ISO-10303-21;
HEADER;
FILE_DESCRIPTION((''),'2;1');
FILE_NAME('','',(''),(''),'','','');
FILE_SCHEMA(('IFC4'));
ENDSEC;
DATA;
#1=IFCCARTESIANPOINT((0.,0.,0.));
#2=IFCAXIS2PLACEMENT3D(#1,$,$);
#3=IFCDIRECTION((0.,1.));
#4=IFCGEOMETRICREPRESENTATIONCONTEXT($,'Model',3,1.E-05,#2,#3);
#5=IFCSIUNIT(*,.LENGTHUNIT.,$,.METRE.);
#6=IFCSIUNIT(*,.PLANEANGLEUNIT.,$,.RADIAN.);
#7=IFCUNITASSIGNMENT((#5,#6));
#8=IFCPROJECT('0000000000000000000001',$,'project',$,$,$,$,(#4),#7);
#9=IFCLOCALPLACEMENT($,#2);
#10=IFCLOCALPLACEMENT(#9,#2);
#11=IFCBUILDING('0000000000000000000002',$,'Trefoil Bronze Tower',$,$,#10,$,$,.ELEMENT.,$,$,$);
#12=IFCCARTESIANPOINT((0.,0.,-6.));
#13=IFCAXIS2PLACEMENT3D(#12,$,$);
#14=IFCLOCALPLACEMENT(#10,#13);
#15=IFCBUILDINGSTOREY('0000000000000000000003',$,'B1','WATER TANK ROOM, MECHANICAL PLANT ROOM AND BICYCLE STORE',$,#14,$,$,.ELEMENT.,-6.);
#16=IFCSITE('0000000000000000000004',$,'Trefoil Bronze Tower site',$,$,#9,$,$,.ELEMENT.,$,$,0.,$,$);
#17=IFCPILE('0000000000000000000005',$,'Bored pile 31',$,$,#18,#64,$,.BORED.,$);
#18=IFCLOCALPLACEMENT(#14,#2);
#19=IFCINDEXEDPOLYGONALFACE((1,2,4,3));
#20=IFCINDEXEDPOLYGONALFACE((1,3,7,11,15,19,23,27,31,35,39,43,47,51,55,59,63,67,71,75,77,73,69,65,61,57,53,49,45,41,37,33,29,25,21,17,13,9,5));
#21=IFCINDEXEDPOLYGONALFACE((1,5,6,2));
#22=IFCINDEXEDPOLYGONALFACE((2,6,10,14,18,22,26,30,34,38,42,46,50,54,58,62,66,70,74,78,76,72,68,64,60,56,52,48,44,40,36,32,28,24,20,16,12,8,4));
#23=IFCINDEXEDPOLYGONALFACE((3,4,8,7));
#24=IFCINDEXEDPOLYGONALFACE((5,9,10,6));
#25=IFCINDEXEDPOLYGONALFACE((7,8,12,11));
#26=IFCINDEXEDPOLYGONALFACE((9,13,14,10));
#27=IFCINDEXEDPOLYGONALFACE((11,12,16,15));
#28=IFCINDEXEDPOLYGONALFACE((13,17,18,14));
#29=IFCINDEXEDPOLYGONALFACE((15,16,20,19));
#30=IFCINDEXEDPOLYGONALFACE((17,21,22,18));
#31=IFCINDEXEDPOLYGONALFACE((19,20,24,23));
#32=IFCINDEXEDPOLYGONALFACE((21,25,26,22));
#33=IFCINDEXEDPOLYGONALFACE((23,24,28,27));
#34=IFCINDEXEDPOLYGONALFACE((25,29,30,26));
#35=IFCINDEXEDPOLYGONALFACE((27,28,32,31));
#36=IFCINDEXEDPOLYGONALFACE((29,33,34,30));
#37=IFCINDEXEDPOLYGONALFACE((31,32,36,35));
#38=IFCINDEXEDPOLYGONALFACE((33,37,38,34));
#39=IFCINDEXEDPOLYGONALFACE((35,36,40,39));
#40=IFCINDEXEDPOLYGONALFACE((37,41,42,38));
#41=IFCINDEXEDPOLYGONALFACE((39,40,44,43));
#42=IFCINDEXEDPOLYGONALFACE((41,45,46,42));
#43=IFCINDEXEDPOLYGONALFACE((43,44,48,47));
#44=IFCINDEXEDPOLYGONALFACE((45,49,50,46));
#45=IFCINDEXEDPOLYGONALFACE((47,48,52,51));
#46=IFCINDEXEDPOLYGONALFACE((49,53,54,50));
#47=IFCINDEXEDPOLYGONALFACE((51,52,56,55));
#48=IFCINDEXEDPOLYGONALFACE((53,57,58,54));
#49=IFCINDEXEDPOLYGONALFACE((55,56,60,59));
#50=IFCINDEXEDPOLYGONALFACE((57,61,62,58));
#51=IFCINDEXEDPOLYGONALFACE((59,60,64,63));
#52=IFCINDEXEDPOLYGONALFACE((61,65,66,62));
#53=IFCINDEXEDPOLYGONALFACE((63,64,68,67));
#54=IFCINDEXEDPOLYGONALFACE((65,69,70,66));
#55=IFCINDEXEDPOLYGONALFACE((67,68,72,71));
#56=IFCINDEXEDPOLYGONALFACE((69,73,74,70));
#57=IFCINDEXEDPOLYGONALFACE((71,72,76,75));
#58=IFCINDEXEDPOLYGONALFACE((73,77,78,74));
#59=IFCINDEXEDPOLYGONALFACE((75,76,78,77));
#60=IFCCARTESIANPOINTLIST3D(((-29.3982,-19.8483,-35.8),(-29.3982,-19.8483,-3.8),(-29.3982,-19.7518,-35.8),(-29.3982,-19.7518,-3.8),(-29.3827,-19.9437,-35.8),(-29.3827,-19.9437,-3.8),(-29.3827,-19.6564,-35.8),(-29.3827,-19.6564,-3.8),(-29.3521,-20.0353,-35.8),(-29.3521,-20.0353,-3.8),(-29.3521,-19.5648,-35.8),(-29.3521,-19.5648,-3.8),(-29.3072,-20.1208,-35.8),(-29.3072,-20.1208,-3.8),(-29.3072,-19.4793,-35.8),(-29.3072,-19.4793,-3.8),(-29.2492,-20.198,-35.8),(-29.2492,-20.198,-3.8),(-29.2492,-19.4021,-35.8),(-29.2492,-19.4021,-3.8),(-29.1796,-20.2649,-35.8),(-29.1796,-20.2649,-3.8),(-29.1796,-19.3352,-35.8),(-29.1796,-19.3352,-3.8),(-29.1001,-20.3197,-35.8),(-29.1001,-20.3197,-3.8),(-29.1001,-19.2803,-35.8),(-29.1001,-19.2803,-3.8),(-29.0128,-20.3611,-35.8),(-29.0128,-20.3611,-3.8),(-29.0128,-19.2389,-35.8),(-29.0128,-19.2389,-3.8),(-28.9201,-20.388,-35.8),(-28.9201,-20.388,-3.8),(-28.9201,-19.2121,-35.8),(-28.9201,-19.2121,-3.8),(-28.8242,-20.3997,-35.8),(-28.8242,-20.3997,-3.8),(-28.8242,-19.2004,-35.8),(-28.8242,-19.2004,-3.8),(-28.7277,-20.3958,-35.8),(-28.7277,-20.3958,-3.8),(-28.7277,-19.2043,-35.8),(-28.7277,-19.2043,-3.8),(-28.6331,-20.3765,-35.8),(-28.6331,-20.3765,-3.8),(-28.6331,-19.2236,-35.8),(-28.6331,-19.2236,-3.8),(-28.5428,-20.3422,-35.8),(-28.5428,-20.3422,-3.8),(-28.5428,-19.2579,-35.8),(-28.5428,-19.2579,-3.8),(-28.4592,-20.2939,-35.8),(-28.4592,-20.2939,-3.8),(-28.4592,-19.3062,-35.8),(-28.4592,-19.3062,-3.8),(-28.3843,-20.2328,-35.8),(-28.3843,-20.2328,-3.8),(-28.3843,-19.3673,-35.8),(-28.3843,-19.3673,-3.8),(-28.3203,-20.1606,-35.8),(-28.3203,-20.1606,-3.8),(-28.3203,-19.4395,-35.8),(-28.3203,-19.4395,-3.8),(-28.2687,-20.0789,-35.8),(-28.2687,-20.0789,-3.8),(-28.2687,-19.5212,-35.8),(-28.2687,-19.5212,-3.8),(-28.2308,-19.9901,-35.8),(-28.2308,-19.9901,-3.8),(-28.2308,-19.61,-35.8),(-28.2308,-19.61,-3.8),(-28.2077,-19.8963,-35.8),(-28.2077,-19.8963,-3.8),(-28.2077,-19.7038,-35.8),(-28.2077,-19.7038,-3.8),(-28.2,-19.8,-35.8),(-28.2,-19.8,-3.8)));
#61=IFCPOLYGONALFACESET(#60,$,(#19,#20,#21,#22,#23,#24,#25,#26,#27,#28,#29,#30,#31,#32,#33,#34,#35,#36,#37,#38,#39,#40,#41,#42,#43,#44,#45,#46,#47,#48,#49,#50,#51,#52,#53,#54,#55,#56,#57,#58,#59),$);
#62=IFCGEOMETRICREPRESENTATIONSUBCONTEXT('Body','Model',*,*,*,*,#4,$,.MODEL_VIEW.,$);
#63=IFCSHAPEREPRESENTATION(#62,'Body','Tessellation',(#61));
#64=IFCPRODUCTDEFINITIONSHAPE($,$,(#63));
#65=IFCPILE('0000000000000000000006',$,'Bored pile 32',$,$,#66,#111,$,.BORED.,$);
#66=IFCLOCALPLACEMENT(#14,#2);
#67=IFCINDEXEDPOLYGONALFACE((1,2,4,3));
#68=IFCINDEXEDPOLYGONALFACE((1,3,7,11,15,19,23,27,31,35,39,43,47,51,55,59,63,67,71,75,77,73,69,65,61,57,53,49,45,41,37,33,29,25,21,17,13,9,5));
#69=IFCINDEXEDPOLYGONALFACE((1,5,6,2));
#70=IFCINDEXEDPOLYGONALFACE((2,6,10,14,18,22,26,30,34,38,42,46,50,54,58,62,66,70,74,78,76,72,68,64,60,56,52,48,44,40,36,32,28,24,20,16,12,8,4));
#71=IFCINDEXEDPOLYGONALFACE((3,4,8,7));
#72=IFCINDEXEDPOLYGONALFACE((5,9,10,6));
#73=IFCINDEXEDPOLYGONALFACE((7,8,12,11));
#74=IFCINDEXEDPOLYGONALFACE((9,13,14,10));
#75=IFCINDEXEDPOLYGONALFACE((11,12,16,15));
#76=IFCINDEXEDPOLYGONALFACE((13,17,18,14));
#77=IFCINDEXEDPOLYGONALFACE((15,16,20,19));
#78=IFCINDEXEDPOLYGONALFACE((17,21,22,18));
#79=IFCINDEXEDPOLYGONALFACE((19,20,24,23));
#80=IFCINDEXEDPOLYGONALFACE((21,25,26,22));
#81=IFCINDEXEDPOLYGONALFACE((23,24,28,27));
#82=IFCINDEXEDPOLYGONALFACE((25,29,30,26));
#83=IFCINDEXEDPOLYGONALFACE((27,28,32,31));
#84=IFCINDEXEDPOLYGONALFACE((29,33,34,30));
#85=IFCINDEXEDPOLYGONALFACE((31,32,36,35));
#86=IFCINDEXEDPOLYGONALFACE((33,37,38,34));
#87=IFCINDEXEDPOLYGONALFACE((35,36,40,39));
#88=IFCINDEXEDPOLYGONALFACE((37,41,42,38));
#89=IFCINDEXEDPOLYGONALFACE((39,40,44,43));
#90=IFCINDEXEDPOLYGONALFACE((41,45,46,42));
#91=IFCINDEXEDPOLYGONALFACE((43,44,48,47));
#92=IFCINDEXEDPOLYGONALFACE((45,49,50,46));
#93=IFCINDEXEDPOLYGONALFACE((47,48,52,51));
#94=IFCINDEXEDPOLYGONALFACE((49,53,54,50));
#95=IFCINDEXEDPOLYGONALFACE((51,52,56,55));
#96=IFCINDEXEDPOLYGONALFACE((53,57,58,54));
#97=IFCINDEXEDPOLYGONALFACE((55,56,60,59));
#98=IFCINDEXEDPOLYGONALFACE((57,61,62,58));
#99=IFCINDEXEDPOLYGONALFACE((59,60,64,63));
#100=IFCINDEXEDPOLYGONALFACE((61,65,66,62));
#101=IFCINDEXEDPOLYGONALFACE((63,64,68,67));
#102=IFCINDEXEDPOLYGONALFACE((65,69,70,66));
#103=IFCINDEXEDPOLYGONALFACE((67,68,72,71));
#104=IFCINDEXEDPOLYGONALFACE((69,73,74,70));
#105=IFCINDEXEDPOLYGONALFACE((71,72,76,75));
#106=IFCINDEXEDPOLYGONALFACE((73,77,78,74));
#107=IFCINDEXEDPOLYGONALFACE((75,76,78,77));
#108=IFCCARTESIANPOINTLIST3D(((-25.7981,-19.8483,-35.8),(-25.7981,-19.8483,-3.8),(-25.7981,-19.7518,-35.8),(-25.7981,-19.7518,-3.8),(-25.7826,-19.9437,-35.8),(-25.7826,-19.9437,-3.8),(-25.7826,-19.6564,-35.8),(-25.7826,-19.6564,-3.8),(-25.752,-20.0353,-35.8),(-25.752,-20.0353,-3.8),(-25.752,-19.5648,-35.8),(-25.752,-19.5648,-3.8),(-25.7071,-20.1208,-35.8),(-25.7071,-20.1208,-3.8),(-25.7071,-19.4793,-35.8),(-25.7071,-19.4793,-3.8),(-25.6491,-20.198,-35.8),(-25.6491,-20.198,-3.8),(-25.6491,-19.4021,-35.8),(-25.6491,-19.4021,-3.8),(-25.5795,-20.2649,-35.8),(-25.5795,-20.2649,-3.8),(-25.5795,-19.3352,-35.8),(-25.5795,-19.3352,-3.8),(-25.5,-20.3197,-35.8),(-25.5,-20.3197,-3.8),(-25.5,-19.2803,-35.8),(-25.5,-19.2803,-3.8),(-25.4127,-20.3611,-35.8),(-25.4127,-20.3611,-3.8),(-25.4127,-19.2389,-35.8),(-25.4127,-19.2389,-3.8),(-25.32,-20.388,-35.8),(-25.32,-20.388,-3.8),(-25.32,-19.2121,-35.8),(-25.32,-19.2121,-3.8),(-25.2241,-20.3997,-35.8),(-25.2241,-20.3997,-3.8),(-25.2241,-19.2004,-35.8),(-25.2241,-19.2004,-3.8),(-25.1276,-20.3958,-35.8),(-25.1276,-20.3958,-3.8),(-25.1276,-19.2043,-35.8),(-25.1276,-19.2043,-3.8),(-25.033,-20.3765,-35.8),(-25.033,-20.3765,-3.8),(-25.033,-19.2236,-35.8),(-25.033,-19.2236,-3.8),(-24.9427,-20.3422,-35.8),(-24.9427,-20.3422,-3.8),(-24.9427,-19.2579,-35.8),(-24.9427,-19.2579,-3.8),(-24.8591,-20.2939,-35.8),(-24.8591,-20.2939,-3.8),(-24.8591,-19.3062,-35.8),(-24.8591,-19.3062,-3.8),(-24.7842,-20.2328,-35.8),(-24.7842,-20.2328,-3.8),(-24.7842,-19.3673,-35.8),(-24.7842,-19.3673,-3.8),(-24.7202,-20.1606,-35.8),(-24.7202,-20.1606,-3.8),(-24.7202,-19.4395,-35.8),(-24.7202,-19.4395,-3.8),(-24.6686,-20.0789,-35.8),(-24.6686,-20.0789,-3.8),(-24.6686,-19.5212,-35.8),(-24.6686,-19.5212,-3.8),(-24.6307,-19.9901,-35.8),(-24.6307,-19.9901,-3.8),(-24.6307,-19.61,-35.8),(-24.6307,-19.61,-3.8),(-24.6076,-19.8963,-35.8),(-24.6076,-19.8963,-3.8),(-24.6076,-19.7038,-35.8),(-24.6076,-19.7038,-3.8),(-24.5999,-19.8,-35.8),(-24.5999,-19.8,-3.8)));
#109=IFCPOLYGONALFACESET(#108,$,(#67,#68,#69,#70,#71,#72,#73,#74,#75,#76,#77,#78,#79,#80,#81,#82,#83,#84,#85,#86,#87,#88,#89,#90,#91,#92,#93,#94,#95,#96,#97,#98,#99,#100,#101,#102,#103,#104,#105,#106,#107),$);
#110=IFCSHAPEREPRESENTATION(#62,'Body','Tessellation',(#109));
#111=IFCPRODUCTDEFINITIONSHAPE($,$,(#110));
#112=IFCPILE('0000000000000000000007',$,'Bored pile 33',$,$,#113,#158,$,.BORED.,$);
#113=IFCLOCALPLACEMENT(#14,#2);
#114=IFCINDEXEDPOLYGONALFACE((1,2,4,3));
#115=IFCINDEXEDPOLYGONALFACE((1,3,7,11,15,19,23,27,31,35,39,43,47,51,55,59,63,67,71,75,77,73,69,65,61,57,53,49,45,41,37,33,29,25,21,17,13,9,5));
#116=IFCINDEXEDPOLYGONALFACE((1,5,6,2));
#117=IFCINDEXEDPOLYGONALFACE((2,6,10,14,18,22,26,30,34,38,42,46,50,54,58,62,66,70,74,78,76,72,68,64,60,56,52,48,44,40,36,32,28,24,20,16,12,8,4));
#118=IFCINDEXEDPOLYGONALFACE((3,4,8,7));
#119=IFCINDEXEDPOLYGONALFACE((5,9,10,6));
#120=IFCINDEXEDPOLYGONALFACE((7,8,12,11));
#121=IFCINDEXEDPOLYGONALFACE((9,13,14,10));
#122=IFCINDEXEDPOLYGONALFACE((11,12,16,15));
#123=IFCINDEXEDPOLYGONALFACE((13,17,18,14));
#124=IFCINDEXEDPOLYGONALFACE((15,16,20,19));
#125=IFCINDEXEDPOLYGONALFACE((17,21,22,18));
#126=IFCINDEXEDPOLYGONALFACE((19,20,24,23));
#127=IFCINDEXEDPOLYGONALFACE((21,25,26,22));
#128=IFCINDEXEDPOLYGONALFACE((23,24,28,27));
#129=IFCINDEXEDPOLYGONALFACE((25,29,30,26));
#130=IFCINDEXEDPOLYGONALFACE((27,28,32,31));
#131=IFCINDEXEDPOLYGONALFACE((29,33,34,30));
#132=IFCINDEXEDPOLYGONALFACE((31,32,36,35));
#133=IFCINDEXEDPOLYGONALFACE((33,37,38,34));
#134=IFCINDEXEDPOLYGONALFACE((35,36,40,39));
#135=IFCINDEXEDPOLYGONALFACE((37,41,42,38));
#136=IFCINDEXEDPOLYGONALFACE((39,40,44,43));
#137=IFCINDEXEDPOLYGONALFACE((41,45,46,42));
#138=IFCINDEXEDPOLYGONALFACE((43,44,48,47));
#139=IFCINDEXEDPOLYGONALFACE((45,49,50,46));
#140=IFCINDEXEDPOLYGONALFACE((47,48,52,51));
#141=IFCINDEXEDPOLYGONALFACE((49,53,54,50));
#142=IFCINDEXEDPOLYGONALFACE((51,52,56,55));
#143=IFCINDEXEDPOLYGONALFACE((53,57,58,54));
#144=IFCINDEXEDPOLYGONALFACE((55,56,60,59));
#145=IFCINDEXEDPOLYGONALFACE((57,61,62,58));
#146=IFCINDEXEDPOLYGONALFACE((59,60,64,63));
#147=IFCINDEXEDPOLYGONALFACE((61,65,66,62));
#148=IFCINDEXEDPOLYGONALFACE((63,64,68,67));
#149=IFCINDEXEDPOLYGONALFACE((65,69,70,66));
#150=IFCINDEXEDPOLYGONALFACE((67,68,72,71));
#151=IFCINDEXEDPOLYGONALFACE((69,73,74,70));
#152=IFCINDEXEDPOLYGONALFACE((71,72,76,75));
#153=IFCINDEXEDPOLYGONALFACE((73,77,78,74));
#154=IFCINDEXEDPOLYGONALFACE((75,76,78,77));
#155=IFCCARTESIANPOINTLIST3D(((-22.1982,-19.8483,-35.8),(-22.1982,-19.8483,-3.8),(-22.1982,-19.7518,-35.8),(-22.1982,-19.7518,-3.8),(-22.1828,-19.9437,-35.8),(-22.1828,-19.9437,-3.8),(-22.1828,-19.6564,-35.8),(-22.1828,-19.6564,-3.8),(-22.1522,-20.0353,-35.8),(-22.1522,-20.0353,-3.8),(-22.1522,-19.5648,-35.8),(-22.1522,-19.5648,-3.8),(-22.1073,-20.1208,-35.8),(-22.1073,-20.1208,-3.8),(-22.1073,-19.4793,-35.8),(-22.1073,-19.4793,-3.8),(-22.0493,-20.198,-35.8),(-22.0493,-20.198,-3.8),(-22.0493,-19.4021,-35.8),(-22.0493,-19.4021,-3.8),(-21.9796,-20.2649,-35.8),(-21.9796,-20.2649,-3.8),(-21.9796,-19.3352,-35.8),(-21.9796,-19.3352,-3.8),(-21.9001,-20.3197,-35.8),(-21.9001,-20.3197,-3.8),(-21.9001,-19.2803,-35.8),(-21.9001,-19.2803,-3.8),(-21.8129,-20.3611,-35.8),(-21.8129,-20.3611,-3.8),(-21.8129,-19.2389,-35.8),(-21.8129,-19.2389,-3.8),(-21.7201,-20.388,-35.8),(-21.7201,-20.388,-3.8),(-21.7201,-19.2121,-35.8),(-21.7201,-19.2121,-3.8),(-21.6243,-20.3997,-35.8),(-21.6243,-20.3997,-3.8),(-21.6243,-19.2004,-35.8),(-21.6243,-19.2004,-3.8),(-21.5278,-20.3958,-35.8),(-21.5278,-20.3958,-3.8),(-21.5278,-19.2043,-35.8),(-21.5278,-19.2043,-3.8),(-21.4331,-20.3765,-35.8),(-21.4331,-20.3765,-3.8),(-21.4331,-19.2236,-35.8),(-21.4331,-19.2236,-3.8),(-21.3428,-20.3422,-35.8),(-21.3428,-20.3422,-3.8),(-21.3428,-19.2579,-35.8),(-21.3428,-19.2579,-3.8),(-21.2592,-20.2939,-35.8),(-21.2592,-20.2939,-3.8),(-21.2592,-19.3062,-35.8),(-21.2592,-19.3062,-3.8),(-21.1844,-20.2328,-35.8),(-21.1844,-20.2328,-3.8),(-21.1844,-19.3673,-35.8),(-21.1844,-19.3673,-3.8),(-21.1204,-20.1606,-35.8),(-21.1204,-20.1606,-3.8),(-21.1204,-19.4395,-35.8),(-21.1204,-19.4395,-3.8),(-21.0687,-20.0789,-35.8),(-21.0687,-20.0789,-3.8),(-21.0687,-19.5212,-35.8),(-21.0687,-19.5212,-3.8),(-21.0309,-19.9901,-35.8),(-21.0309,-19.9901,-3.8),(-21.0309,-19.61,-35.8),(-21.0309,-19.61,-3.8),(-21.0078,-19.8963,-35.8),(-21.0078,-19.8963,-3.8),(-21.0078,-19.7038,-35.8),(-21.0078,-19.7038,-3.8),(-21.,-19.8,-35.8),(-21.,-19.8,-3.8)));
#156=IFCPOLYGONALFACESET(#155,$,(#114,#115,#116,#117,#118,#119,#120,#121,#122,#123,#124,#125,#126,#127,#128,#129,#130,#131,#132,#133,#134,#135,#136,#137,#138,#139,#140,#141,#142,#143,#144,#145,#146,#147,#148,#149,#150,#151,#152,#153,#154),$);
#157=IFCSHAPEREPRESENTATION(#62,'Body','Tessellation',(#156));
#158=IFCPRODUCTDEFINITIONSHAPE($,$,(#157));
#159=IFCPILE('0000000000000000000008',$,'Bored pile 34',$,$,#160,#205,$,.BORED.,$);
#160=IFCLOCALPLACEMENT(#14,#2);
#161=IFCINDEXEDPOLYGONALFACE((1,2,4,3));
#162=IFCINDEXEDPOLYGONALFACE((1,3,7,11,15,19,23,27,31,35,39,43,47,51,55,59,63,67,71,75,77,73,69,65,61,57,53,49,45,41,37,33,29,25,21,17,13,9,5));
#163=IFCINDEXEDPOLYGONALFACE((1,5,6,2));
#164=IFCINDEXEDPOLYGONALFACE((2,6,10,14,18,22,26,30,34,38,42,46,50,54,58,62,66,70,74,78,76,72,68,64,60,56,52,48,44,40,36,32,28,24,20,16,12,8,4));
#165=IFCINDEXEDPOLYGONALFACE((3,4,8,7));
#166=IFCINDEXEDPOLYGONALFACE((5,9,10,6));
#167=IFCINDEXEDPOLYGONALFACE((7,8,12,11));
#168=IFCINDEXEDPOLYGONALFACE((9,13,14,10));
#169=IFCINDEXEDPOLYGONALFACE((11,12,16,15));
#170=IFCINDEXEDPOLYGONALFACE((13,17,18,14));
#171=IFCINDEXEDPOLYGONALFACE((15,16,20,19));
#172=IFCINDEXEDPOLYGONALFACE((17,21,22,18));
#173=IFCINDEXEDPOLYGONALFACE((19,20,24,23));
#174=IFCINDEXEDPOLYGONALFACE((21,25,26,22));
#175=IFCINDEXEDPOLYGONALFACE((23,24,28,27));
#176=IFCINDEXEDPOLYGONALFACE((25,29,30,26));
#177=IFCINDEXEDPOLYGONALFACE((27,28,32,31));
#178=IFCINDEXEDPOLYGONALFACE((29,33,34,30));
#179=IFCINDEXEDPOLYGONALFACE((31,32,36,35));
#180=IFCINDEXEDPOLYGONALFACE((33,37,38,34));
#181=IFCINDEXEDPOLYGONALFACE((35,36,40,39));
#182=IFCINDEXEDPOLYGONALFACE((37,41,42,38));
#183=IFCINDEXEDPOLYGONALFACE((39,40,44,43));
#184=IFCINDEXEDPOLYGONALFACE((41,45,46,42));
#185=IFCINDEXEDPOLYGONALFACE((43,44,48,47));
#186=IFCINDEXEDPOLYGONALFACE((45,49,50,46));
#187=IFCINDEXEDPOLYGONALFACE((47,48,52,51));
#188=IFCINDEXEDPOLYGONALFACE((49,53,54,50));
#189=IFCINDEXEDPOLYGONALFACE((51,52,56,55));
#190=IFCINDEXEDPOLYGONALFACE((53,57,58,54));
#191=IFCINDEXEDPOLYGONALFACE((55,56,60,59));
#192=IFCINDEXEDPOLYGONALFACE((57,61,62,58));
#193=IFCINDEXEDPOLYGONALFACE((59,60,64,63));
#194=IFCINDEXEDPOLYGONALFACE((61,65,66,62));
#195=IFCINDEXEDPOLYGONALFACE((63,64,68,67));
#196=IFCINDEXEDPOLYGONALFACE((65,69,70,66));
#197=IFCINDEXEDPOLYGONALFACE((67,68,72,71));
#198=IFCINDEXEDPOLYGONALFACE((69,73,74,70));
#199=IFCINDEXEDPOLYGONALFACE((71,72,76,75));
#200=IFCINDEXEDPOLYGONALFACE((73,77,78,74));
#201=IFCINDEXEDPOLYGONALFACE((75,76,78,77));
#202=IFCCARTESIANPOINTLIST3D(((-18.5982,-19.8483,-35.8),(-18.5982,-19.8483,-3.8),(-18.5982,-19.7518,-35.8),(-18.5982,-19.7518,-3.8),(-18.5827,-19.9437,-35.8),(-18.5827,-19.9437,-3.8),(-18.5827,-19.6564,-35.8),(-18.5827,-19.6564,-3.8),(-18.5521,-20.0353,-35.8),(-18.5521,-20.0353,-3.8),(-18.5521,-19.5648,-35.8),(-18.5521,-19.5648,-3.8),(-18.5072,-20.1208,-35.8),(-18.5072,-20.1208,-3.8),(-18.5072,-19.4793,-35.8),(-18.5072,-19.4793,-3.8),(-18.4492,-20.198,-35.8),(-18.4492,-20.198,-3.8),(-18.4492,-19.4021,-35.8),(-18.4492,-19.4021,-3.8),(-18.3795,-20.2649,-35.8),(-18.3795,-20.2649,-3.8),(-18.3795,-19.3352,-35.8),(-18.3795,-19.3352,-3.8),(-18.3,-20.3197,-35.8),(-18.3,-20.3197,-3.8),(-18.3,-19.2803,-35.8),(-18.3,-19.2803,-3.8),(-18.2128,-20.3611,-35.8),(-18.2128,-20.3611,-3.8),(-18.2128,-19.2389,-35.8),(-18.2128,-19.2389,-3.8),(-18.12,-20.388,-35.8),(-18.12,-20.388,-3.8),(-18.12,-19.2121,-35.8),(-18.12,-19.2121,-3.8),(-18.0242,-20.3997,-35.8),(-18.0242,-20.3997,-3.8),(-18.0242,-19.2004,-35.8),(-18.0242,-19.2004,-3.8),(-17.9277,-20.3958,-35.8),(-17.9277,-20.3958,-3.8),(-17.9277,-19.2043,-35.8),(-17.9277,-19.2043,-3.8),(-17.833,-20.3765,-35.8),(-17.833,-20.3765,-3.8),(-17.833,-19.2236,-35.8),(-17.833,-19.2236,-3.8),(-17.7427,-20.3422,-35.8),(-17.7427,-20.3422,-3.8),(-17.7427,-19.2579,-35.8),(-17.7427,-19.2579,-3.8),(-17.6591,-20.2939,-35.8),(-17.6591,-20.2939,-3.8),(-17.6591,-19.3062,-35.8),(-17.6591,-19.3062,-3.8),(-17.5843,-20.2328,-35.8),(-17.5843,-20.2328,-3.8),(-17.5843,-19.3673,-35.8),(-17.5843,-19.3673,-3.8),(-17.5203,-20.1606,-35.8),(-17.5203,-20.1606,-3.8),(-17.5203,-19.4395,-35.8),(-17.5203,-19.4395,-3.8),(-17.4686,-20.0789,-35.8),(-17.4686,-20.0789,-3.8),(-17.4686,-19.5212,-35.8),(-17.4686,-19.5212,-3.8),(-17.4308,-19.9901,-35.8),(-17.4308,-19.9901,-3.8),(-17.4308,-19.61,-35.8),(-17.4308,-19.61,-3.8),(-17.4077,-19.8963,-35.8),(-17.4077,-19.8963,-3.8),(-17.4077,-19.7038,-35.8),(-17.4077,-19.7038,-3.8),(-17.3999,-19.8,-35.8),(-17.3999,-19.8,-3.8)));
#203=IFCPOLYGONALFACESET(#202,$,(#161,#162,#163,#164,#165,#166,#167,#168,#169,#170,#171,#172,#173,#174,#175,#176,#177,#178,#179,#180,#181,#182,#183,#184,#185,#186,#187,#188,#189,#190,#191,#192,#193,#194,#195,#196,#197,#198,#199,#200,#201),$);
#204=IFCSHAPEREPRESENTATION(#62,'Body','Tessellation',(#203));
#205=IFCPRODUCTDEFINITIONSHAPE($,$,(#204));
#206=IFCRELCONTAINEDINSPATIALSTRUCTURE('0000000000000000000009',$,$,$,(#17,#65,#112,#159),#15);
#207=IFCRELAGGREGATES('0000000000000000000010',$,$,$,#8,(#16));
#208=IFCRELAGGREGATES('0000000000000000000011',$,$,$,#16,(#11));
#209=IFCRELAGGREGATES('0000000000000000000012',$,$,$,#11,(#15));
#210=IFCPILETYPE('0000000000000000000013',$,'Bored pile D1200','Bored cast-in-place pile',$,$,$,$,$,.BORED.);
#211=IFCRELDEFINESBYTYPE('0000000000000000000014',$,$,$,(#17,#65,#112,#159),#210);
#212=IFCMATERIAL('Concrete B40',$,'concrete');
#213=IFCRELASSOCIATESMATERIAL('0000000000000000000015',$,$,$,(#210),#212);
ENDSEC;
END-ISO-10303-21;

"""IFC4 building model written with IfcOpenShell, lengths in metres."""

from ifc_helpers import new_model, si_unit, direction, frame, origin, origin_2d, place, context, subcontext, project, spatial, circle, extrude, material, type_object, element, save


model = new_model("IFC4")

# Units and contexts
model_context = context("Model", 3, precision=1e-05, world=origin(), true_north=direction((0.0, 1.0)))
body_context = subcontext(model_context, "Body", "Model", "MODEL_VIEW")
ifc_project = project(units=[si_unit("LENGTHUNIT", "METRE"), si_unit("PLANEANGLEUNIT", "RADIAN")], contexts=[model_context])

# Site, building, storey
site_placement = place(None, origin())
site = spatial("IfcSite", under=ifc_project, at=site_placement, Name="Trefoil Bronze Tower site", CompositionType="ELEMENT", RefElevation=0.0)
building_placement = place(site_placement, origin())
building = spatial("IfcBuilding", under=site, at=building_placement, Name="Trefoil Bronze Tower", CompositionType="ELEMENT")
storey_placement = place(building_placement, frame((0.0, 0.0, -6.0)))
storey = spatial("IfcBuildingStorey", under=building, at=storey_placement, Name="B1", Description="WATER TANK ROOM, MECHANICAL PLANT ROOM AND BICYCLE STORE", CompositionType="ELEMENT", Elevation=-6.0)

# Piles
ifc_material_1 = material(Name="Concrete B40", Category="concrete")
pile_type = type_object("IfcPileType", Name="Bored pile D1200", Description="Bored cast-in-place pile", PredefinedType="BORED", material=ifc_material_1)
for number, where, z_axis, x_axis, name in (
    (1, (-28.8, -19.8, -3.8), (0.0, 0.0, -1.0), (1.0, 0.0, 0.0), "Bored pile 31"),
    (2, (-25.2, -19.8, -3.8), (0.0, 0.0, -1.0), (1.0, 0.0, 0.0), "Bored pile 32"),
    (3, (-21.6001, -19.8, -3.8), (0.0, 0.0, -1.0), (1.0, 0.0, 0.0), "Bored pile 33"),
    (4, (-18.0, -19.8, -3.8), (0.0, 0.0, -1.0), (1.0, 0.0, 0.0), "Bored pile 34"),
):
    element("IfcPile", number, at=place(storey_placement, frame(where, z_axis=z_axis, x_axis=x_axis)), inside=storey, type_object=pile_type, Name=name, PredefinedType="BORED", context=body_context, shape_type="SweptSolid", body=[
        extrude(circle(Radius=0.6001, at=origin_2d()), origin(), (0.0, 0.0, 1.0), 32.0),
    ])

save(model, "model.ifc")
